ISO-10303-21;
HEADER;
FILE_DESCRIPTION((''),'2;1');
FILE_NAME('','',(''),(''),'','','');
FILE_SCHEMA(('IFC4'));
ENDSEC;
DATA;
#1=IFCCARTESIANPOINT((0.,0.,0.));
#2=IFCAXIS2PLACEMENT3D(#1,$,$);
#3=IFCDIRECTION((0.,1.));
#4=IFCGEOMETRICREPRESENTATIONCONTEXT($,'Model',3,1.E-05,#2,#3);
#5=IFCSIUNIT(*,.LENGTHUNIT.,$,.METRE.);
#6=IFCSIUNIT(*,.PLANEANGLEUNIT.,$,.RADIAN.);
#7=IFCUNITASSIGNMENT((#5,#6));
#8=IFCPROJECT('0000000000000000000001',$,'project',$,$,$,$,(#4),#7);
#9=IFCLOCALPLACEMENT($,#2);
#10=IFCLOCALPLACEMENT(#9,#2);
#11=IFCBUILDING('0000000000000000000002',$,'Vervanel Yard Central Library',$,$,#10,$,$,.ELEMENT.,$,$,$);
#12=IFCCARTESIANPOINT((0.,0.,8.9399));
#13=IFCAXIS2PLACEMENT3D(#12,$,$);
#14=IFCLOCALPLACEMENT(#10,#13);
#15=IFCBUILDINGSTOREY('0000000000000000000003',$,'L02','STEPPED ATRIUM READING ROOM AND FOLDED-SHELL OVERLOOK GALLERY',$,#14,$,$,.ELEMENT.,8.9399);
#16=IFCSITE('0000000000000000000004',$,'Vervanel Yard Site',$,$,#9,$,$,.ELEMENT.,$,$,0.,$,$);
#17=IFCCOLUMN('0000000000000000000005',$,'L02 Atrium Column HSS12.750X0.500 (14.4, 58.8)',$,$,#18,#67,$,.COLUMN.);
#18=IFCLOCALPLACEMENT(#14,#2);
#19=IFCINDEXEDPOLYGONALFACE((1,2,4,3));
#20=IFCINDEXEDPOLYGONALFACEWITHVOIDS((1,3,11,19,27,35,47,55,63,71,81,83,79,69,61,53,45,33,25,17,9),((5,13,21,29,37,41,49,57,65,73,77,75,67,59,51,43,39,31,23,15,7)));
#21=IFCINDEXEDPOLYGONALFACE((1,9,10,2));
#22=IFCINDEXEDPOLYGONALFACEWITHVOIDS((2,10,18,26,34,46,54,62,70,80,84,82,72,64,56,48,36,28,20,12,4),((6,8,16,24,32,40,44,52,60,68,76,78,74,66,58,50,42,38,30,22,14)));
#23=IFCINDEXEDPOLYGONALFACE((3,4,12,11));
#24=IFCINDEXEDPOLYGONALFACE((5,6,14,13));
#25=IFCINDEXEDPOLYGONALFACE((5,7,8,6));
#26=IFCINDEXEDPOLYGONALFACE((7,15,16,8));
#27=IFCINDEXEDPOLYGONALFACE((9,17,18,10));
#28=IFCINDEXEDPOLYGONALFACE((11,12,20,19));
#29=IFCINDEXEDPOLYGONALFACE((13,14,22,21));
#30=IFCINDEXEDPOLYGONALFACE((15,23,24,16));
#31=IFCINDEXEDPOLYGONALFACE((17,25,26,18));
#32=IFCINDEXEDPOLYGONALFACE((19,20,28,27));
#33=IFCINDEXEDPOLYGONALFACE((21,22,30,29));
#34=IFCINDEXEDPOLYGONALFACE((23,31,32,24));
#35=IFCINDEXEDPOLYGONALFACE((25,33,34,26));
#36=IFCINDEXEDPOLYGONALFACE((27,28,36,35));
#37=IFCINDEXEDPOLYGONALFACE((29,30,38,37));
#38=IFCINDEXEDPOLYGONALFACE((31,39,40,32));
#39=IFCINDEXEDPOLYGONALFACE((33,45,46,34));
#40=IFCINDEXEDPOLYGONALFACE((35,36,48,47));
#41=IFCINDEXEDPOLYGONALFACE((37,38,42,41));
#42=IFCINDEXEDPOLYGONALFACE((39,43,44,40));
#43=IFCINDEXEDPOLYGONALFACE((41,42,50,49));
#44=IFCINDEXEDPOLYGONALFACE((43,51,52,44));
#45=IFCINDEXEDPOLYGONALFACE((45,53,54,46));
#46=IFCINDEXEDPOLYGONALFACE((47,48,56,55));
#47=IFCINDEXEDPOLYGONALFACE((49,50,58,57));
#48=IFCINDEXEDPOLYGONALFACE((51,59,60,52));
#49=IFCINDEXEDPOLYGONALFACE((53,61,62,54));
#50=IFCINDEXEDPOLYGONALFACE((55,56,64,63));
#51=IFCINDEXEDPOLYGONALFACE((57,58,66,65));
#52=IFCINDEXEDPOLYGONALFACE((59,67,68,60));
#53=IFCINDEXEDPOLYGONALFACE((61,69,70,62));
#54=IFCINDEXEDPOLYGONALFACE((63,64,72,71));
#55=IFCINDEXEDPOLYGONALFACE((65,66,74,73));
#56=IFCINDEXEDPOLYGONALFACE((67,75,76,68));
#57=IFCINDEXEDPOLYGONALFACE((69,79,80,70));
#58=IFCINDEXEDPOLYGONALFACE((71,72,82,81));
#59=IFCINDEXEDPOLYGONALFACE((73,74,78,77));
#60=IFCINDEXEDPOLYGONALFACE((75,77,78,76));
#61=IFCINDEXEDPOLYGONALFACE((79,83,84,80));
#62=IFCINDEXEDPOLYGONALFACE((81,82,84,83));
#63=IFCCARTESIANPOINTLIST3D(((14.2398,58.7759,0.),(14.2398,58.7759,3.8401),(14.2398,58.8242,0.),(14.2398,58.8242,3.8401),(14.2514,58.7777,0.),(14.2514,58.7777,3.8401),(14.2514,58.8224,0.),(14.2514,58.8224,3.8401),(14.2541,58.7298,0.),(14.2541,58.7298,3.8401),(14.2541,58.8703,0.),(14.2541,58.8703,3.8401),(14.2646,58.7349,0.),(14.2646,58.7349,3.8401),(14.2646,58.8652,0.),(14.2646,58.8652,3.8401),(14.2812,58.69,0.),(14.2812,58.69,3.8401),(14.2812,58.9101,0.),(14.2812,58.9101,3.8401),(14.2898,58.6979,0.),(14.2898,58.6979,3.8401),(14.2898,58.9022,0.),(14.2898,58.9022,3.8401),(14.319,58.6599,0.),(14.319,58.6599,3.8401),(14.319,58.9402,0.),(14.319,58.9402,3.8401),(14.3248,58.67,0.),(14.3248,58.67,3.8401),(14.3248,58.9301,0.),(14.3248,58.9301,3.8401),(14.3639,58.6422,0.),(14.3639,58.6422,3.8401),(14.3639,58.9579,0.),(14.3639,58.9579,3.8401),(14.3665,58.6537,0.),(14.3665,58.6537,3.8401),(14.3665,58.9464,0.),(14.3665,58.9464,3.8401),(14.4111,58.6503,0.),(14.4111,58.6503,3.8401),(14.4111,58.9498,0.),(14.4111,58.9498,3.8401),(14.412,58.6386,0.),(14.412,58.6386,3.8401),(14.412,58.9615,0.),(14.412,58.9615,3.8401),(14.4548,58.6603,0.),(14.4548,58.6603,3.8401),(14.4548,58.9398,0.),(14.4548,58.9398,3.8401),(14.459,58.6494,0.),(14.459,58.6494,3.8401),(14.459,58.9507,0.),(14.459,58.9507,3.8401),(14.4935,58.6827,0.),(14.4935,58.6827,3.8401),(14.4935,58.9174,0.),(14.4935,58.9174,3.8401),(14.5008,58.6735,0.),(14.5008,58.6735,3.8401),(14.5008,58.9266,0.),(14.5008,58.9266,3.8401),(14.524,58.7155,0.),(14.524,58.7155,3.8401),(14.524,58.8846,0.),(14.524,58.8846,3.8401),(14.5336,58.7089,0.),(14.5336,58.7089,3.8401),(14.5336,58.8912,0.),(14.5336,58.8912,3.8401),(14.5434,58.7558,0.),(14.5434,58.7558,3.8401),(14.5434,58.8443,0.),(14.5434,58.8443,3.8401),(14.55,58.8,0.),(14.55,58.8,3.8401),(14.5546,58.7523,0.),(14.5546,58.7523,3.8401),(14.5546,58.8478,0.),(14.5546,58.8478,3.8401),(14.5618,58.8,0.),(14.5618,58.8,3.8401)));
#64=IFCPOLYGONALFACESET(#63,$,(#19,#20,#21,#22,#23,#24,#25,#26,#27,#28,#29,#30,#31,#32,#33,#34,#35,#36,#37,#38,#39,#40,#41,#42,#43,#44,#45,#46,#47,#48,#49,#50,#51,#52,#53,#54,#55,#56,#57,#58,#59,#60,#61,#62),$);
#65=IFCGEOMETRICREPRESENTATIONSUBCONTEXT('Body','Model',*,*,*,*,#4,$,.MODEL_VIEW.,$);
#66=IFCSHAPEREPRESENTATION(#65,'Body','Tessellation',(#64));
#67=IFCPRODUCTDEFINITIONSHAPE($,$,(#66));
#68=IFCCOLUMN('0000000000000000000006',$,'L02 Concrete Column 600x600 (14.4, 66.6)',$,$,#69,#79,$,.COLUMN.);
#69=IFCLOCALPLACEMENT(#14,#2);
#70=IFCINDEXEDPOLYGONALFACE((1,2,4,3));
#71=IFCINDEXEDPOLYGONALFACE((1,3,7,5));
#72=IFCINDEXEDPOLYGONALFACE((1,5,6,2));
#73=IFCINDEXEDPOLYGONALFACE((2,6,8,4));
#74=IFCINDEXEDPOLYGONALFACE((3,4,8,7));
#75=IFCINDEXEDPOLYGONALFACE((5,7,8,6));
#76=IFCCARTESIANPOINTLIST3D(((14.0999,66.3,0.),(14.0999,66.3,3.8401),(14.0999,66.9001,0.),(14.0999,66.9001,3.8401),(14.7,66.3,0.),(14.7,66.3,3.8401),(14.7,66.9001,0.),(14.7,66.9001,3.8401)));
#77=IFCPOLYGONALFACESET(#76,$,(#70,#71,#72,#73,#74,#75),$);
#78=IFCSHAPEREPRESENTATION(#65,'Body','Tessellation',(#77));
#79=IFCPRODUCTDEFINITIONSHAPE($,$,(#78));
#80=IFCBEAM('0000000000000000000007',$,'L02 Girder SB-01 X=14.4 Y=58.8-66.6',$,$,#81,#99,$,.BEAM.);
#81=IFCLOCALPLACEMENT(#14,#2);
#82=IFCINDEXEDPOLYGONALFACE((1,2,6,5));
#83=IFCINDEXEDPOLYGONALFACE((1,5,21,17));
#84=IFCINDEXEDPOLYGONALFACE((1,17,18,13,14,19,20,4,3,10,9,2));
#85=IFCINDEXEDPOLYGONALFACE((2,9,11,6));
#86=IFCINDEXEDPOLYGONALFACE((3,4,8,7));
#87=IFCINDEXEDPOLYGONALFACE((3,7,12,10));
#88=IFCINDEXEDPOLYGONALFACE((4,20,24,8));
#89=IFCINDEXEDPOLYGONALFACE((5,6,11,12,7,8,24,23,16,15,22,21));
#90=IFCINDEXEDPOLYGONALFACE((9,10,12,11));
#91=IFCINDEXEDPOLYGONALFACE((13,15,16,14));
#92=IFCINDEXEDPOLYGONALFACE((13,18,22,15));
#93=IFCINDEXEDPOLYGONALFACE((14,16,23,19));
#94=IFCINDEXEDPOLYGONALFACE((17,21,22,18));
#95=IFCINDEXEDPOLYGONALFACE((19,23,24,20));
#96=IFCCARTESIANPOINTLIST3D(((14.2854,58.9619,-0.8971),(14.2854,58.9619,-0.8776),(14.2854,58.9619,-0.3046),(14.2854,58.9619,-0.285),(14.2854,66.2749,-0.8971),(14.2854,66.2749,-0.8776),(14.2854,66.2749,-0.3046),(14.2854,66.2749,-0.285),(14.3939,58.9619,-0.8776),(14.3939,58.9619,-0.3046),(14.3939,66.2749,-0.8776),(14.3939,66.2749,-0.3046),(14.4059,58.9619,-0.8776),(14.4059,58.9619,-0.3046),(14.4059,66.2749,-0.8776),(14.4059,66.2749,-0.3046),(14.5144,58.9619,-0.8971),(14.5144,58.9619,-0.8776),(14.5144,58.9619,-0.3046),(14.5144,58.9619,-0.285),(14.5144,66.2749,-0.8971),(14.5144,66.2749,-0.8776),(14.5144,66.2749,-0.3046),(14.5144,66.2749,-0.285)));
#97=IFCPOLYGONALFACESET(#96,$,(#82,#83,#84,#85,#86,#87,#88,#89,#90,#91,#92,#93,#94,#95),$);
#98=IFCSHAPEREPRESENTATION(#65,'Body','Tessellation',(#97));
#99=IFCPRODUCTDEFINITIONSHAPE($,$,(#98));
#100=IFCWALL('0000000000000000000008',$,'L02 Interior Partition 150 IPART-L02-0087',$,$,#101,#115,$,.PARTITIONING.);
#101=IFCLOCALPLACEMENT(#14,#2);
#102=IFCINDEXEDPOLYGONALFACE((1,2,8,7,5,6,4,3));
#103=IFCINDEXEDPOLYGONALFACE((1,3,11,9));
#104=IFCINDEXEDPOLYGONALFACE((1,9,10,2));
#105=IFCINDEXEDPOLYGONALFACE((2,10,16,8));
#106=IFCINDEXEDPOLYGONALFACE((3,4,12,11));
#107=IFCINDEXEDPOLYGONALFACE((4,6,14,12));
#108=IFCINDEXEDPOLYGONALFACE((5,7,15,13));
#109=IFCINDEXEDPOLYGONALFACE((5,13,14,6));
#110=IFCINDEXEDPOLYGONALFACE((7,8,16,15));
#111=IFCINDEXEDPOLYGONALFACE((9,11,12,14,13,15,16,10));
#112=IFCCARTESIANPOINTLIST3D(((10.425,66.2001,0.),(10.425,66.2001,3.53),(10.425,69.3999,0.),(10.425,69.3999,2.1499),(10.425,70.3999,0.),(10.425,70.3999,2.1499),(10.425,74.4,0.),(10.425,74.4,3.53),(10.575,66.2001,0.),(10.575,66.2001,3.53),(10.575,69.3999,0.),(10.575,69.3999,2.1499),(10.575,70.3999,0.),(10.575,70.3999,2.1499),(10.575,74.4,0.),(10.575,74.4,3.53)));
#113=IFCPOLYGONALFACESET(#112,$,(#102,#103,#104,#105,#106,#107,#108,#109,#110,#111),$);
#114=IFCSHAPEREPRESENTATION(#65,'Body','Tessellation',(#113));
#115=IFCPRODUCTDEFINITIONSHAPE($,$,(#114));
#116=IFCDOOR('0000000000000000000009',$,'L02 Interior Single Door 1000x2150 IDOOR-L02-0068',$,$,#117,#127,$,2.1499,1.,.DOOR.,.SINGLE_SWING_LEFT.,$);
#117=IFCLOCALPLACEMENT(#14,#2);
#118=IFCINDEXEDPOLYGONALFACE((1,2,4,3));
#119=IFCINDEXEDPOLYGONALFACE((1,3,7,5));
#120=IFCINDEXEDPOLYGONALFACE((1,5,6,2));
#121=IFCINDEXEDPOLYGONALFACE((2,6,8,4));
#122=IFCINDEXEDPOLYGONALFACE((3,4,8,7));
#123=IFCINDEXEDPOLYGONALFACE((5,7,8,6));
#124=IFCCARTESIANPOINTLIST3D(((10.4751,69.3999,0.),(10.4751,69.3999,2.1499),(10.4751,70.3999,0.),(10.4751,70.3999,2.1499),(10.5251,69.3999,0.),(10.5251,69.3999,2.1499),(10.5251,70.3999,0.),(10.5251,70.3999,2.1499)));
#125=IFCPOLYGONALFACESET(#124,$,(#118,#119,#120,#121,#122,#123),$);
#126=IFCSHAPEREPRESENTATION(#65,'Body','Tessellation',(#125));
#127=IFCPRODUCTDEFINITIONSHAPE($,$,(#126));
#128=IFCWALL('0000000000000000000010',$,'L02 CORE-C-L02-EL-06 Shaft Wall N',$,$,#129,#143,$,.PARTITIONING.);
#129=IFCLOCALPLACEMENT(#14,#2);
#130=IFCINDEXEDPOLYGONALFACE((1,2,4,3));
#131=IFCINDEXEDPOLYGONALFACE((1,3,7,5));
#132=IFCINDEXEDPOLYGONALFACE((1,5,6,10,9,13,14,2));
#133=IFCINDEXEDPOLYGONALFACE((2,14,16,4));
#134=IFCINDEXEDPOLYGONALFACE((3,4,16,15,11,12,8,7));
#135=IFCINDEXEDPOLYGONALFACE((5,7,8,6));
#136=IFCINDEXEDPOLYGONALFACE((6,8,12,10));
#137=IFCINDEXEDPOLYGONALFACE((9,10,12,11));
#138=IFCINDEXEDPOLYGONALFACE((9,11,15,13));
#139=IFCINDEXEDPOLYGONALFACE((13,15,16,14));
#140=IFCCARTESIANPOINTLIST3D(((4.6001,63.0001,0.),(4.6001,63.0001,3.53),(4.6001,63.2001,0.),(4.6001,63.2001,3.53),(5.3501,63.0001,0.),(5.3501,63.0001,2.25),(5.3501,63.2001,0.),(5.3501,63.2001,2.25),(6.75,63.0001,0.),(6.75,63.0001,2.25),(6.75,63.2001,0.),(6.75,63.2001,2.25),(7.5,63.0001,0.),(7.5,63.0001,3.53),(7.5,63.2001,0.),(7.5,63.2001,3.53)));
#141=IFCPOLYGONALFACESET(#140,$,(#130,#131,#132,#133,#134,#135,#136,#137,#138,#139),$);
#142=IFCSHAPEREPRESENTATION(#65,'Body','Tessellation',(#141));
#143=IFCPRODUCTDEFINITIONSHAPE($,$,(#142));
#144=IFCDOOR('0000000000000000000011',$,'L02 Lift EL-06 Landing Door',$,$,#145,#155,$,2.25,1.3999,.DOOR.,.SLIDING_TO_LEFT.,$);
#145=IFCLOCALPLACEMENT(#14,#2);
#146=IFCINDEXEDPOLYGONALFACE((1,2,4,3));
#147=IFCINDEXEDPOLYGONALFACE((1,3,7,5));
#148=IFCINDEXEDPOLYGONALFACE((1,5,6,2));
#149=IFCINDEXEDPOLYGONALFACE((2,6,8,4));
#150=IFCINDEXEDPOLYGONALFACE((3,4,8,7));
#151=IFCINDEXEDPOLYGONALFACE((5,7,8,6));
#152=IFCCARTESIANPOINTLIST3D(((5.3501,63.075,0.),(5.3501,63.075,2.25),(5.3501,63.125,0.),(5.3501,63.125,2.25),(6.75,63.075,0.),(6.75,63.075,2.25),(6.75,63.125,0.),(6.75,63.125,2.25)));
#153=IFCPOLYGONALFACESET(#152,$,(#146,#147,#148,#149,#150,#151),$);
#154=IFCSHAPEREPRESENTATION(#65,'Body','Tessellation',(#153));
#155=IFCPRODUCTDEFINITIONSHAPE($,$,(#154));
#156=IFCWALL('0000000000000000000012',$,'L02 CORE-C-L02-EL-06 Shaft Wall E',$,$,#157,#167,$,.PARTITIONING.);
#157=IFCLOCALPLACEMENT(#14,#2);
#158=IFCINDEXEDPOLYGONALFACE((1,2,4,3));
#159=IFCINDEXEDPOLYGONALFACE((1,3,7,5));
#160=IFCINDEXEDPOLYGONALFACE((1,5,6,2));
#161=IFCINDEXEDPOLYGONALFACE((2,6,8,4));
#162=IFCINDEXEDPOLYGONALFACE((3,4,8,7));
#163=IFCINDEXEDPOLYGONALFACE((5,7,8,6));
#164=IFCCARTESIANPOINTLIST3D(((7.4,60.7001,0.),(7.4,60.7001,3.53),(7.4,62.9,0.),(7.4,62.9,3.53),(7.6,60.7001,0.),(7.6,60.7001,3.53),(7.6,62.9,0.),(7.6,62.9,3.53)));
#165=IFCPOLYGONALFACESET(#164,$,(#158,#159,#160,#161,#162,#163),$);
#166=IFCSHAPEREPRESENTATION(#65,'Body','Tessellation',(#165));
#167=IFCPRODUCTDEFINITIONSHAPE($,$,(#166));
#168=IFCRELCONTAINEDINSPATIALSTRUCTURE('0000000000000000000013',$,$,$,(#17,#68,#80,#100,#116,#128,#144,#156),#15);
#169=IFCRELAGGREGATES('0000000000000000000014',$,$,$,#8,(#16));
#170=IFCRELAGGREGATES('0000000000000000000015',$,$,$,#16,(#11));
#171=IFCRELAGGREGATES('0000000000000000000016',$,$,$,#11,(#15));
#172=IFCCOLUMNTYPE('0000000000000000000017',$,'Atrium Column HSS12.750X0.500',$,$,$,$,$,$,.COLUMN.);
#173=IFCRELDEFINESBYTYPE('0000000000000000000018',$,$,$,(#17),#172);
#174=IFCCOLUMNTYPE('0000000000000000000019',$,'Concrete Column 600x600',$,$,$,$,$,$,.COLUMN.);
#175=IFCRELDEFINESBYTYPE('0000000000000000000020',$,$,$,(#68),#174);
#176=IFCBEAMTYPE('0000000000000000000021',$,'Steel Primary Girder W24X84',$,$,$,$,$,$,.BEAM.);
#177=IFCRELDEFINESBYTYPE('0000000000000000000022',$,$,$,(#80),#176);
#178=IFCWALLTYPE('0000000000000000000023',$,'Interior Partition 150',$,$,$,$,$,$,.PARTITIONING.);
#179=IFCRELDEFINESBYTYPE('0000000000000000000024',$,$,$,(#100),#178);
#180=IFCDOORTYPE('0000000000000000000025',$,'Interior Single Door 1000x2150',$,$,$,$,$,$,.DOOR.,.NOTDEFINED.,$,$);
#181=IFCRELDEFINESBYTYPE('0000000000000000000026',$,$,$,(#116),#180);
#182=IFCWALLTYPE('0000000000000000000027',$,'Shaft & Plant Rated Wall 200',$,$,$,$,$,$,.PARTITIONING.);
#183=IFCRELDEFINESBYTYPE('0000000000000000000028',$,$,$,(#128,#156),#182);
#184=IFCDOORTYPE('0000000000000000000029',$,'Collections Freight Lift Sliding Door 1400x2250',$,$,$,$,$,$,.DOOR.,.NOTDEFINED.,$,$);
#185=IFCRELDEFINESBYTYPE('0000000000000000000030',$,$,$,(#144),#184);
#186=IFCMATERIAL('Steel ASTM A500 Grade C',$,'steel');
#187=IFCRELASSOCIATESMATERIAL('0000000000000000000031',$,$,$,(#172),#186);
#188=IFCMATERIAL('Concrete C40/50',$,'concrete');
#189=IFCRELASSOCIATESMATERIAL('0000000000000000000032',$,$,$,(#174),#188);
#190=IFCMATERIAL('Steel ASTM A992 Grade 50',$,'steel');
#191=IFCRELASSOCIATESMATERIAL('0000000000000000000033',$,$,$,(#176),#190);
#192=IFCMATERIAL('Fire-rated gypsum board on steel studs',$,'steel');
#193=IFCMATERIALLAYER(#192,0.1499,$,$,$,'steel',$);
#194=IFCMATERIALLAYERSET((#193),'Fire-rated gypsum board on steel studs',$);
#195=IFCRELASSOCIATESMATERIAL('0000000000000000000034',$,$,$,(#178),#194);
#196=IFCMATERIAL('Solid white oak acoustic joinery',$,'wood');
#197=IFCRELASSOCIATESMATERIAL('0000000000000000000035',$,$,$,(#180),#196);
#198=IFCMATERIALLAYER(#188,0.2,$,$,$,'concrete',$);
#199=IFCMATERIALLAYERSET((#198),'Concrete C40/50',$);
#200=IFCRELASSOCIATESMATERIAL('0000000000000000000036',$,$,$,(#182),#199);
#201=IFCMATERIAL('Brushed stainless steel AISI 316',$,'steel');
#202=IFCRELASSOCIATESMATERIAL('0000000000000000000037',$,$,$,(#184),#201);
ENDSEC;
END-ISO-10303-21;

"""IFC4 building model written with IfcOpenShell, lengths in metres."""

from ifc_helpers import new_model, si_unit, direction, frame, frame_2d, origin, origin_2d, place, context, subcontext, project, spatial, rectangle, hollow_circle, i_section, extrude, material, layer, layer_set, material_profile, profile_set, type_object, element, fill, save


model = new_model("IFC4")

# Units and contexts
model_context = context("Model", 3, precision=1e-05, world=origin(), true_north=direction((0.0, 1.0)))
body_context = subcontext(model_context, "Body", "Model", "MODEL_VIEW")
ifc_project = project(units=[si_unit("LENGTHUNIT", "METRE"), si_unit("PLANEANGLEUNIT", "RADIAN")], contexts=[model_context])

# Site, building, storey
site_placement = place(None, origin())
site = spatial("IfcSite", under=ifc_project, at=site_placement, Name="Vervanel Yard Site", CompositionType="ELEMENT", RefElevation=0.0)
building_placement = place(site_placement, origin())
building = spatial("IfcBuilding", under=site, at=building_placement, Name="Vervanel Yard Central Library", CompositionType="ELEMENT")
storey_placement = place(building_placement, frame((0.0, 0.0, 8.9399)))
storey = spatial("IfcBuildingStorey", under=building, at=storey_placement, Name="L02", Description="STEPPED ATRIUM READING ROOM AND FOLDED-SHELL OVERLOOK GALLERY", CompositionType="ELEMENT", Elevation=8.9399)

# Columns
ifc_material_1 = material(Name="Steel ASTM A500 Grade C", Category="steel")
ifc_material_profile_1 = material_profile(ifc_material_1, hollow_circle(Radius=0.1619, WallThickness=0.0117, at=origin_2d()), Name="HSS12.750X0.500", Category="steel")
ifc_profile_set_1 = profile_set([ifc_material_profile_1], Name="Steel ASTM A500 Grade C")
column_type_1 = type_object("IfcColumnType", Name="Atrium Column HSS12.750X0.500", PredefinedType="COLUMN", material=ifc_profile_set_1)
column_1_placement = place(storey_placement, frame((14.3999, 58.8, 0.0), z_axis=(0.0, 0.0, 1.0), x_axis=(1.0, 0.0, 0.0)))
element("IfcColumn", 1, at=column_1_placement, inside=storey, type_object=column_type_1, Name="L02 Atrium Column HSS12.750X0.500 (14.4, 58.8)", PredefinedType="COLUMN", context=body_context, shape_type="SweptSolid", body=[
    extrude(hollow_circle(Radius=0.1619, WallThickness=0.0117, at=origin_2d()), origin(), (0.0, 0.0, 1.0), 3.8401),
])
ifc_material_2 = material(Name="Concrete C40/50", Category="concrete")
ifc_material_profile_2 = material_profile(ifc_material_2, rectangle(XDim=0.6001, YDim=0.6001, at=origin_2d()), Name="RC 600x600", Category="concrete")
ifc_profile_set_2 = profile_set([ifc_material_profile_2], Name="Concrete C40/50")
column_type_2 = type_object("IfcColumnType", Name="Concrete Column 600x600", PredefinedType="COLUMN", material=ifc_profile_set_2)
column_2_placement = place(storey_placement, frame((14.3999, 66.6001, 0.0), z_axis=(0.0, 0.0, 1.0), x_axis=(1.0, 0.0, 0.0)))
element("IfcColumn", 2, at=column_2_placement, inside=storey, type_object=column_type_2, Name="L02 Concrete Column 600x600 (14.4, 66.6)", PredefinedType="COLUMN", context=body_context, shape_type="SweptSolid", body=[
    extrude(rectangle(XDim=0.6001, YDim=0.6001, at=origin_2d()), origin(), (0.0, 0.0, 1.0), 3.8401),
])

# Beam
ifc_material_3 = material(Name="Steel ASTM A992 Grade 50", Category="steel")
ifc_material_profile_3 = material_profile(ifc_material_3, i_section(OverallWidth=0.229, OverallDepth=0.6121, WebThickness=0.012, FlangeThickness=0.0195, at=origin_2d()), Name="W24X84", Category="steel")
ifc_profile_set_3 = profile_set([ifc_material_profile_3], Name="Steel ASTM A992 Grade 50")
beam_type = type_object("IfcBeamType", Name="Steel Primary Girder W24X84", PredefinedType="BEAM", material=ifc_profile_set_3)
beam_placement = place(storey_placement, frame((14.3999, 58.9619, -0.5911), z_axis=(0.0, 1.0, 0.0), x_axis=(-1.0, 0.0, 0.0)))
element("IfcBeam", 3, at=beam_placement, inside=storey, type_object=beam_type, Name="L02 Girder SB-01 X=14.4 Y=58.8-66.6", PredefinedType="BEAM", context=body_context, shape_type="SweptSolid", body=[
    extrude(i_section(OverallWidth=0.229, OverallDepth=0.6121, WebThickness=0.012, FlangeThickness=0.0195, at=origin_2d()), origin(), (0.0, 0.0, 1.0), 7.313),
])

# Walls, openings, doors
ifc_material_4 = material(Name="Fire-rated gypsum board on steel studs", Category="steel")
ifc_layer_1 = layer(ifc_material_4, 0.1499, Category="steel")
ifc_layer_set_1 = layer_set([ifc_layer_1], Name="Fire-rated gypsum board on steel studs")
wall_type_1 = type_object("IfcWallType", Name="Interior Partition 150", PredefinedType="PARTITIONING", material=ifc_layer_set_1)
wall_1_placement = place(storey_placement, frame((10.5, 66.2, 0.0), z_axis=(0.0, 0.0, 1.0), x_axis=(0.0, 1.0, 0.0)))
wall_1 = element("IfcWall", 4, at=wall_1_placement, inside=storey, type_object=wall_type_1, Name="L02 Interior Partition 150 IPART-L02-0087", PredefinedType="PARTITIONING", context=body_context, shape_type="SweptSolid", body=[
    extrude(rectangle(XDim=8.2, YDim=0.1499, at=frame_2d((4.1001, 0.0))), origin(), (0.0, 0.0, 1.0), 3.53),
])
opening_1_placement = place(wall_1_placement, frame((3.2, 0.0, 0.0)))
opening_1 = element("IfcOpeningElement", 5, at=opening_1_placement, cuts=wall_1, PredefinedType="OPENING", context=body_context, shape_type="SweptSolid", body=[
    extrude(rectangle(XDim=1.0, YDim=2.1499, at=frame_2d((0.5, 1.075))), frame((0.0, 0.085, 0.0), z_axis=(0.0, -1.0, 0.0), x_axis=(1.0, 0.0, 0.0)), (0.0, 0.0, 1.0), 0.1699),
])
ifc_material_5 = material(Name="Solid white oak acoustic joinery", Category="wood")
door_type_1 = type_object("IfcDoorType", Name="Interior Single Door 1000x2150", OperationType="NOTDEFINED", PredefinedType="DOOR", material=ifc_material_5)
door_1_placement = place(opening_1_placement, origin())
door_1 = element("IfcDoor", 6, at=door_1_placement, inside=storey, type_object=door_type_1, Name="L02 Interior Single Door 1000x2150 IDOOR-L02-0068", OperationType="SINGLE_SWING_LEFT", OverallHeight=2.1499, OverallWidth=1.0, PredefinedType="DOOR", context=body_context, shape_type="SweptSolid", body=[
    extrude(rectangle(XDim=1.0, YDim=2.1499, at=frame_2d((0.5, 1.075))), frame((0.0, 0.0249, 0.0), z_axis=(0.0, -1.0, 0.0), x_axis=(1.0, 0.0, 0.0)), (0.0, 0.0, 1.0), 0.05),
])
fill(opening_1, door_1)
ifc_layer_2 = layer(ifc_material_2, 0.2, Category="concrete")
ifc_layer_set_2 = layer_set([ifc_layer_2], Name="Concrete C40/50")
wall_type_2 = type_object("IfcWallType", Name="Shaft & Plant Rated Wall 200", PredefinedType="PARTITIONING", material=ifc_layer_set_2)
wall_2_placement = place(storey_placement, frame((4.6001, 63.1001, 0.0), z_axis=(0.0, 0.0, 1.0), x_axis=(1.0, 0.0, 0.0)))
wall_2 = element("IfcWall", 7, at=wall_2_placement, inside=storey, type_object=wall_type_2, Name="L02 CORE-C-L02-EL-06 Shaft Wall N", PredefinedType="PARTITIONING", context=body_context, shape_type="SweptSolid", body=[
    extrude(rectangle(XDim=2.8999, YDim=0.2, at=frame_2d((1.45, 0.0))), origin(), (0.0, 0.0, 1.0), 3.53),
])
opening_2_placement = place(wall_2_placement, frame((0.75, 0.0, 0.0)))
opening_2 = element("IfcOpeningElement", 8, at=opening_2_placement, cuts=wall_2, PredefinedType="OPENING", context=body_context, shape_type="SweptSolid", body=[
    extrude(rectangle(XDim=1.3999, YDim=2.25, at=frame_2d((0.7, 1.125))), frame((0.0, 0.1099, 0.0), z_axis=(0.0, -1.0, 0.0), x_axis=(1.0, 0.0, 0.0)), (0.0, 0.0, 1.0), 0.22),
])
ifc_material_6 = material(Name="Brushed stainless steel AISI 316", Category="steel")
door_type_2 = type_object("IfcDoorType", Name="Collections Freight Lift Sliding Door 1400x2250", OperationType="NOTDEFINED", PredefinedType="DOOR", material=ifc_material_6)
door_2_placement = place(opening_2_placement, origin())
door_2 = element("IfcDoor", 9, at=door_2_placement, inside=storey, type_object=door_type_2, Name="L02 Lift EL-06 Landing Door", OperationType="SLIDING_TO_LEFT", OverallHeight=2.25, OverallWidth=1.3999, PredefinedType="DOOR", context=body_context, shape_type="SweptSolid", body=[
    extrude(rectangle(XDim=1.3999, YDim=2.25, at=frame_2d((0.7, 1.125))), frame((0.0, 0.0249, 0.0), z_axis=(0.0, -1.0, 0.0), x_axis=(1.0, 0.0, 0.0)), (0.0, 0.0, 1.0), 0.05),
])
fill(opening_2, door_2)

# Wall
wall_3_placement = place(storey_placement, frame((7.5, 60.7, 0.0), z_axis=(0.0, 0.0, 1.0), x_axis=(0.0, 1.0, 0.0)))
element("IfcWall", 10, at=wall_3_placement, inside=storey, type_object=wall_type_2, Name="L02 CORE-C-L02-EL-06 Shaft Wall E", PredefinedType="PARTITIONING", context=body_context, shape_type="SweptSolid", body=[
    extrude(rectangle(XDim=2.2, YDim=0.2, at=frame_2d((1.1001, 0.0))), origin(), (0.0, 0.0, 1.0), 3.53),
])

save(model, "model.ifc")
